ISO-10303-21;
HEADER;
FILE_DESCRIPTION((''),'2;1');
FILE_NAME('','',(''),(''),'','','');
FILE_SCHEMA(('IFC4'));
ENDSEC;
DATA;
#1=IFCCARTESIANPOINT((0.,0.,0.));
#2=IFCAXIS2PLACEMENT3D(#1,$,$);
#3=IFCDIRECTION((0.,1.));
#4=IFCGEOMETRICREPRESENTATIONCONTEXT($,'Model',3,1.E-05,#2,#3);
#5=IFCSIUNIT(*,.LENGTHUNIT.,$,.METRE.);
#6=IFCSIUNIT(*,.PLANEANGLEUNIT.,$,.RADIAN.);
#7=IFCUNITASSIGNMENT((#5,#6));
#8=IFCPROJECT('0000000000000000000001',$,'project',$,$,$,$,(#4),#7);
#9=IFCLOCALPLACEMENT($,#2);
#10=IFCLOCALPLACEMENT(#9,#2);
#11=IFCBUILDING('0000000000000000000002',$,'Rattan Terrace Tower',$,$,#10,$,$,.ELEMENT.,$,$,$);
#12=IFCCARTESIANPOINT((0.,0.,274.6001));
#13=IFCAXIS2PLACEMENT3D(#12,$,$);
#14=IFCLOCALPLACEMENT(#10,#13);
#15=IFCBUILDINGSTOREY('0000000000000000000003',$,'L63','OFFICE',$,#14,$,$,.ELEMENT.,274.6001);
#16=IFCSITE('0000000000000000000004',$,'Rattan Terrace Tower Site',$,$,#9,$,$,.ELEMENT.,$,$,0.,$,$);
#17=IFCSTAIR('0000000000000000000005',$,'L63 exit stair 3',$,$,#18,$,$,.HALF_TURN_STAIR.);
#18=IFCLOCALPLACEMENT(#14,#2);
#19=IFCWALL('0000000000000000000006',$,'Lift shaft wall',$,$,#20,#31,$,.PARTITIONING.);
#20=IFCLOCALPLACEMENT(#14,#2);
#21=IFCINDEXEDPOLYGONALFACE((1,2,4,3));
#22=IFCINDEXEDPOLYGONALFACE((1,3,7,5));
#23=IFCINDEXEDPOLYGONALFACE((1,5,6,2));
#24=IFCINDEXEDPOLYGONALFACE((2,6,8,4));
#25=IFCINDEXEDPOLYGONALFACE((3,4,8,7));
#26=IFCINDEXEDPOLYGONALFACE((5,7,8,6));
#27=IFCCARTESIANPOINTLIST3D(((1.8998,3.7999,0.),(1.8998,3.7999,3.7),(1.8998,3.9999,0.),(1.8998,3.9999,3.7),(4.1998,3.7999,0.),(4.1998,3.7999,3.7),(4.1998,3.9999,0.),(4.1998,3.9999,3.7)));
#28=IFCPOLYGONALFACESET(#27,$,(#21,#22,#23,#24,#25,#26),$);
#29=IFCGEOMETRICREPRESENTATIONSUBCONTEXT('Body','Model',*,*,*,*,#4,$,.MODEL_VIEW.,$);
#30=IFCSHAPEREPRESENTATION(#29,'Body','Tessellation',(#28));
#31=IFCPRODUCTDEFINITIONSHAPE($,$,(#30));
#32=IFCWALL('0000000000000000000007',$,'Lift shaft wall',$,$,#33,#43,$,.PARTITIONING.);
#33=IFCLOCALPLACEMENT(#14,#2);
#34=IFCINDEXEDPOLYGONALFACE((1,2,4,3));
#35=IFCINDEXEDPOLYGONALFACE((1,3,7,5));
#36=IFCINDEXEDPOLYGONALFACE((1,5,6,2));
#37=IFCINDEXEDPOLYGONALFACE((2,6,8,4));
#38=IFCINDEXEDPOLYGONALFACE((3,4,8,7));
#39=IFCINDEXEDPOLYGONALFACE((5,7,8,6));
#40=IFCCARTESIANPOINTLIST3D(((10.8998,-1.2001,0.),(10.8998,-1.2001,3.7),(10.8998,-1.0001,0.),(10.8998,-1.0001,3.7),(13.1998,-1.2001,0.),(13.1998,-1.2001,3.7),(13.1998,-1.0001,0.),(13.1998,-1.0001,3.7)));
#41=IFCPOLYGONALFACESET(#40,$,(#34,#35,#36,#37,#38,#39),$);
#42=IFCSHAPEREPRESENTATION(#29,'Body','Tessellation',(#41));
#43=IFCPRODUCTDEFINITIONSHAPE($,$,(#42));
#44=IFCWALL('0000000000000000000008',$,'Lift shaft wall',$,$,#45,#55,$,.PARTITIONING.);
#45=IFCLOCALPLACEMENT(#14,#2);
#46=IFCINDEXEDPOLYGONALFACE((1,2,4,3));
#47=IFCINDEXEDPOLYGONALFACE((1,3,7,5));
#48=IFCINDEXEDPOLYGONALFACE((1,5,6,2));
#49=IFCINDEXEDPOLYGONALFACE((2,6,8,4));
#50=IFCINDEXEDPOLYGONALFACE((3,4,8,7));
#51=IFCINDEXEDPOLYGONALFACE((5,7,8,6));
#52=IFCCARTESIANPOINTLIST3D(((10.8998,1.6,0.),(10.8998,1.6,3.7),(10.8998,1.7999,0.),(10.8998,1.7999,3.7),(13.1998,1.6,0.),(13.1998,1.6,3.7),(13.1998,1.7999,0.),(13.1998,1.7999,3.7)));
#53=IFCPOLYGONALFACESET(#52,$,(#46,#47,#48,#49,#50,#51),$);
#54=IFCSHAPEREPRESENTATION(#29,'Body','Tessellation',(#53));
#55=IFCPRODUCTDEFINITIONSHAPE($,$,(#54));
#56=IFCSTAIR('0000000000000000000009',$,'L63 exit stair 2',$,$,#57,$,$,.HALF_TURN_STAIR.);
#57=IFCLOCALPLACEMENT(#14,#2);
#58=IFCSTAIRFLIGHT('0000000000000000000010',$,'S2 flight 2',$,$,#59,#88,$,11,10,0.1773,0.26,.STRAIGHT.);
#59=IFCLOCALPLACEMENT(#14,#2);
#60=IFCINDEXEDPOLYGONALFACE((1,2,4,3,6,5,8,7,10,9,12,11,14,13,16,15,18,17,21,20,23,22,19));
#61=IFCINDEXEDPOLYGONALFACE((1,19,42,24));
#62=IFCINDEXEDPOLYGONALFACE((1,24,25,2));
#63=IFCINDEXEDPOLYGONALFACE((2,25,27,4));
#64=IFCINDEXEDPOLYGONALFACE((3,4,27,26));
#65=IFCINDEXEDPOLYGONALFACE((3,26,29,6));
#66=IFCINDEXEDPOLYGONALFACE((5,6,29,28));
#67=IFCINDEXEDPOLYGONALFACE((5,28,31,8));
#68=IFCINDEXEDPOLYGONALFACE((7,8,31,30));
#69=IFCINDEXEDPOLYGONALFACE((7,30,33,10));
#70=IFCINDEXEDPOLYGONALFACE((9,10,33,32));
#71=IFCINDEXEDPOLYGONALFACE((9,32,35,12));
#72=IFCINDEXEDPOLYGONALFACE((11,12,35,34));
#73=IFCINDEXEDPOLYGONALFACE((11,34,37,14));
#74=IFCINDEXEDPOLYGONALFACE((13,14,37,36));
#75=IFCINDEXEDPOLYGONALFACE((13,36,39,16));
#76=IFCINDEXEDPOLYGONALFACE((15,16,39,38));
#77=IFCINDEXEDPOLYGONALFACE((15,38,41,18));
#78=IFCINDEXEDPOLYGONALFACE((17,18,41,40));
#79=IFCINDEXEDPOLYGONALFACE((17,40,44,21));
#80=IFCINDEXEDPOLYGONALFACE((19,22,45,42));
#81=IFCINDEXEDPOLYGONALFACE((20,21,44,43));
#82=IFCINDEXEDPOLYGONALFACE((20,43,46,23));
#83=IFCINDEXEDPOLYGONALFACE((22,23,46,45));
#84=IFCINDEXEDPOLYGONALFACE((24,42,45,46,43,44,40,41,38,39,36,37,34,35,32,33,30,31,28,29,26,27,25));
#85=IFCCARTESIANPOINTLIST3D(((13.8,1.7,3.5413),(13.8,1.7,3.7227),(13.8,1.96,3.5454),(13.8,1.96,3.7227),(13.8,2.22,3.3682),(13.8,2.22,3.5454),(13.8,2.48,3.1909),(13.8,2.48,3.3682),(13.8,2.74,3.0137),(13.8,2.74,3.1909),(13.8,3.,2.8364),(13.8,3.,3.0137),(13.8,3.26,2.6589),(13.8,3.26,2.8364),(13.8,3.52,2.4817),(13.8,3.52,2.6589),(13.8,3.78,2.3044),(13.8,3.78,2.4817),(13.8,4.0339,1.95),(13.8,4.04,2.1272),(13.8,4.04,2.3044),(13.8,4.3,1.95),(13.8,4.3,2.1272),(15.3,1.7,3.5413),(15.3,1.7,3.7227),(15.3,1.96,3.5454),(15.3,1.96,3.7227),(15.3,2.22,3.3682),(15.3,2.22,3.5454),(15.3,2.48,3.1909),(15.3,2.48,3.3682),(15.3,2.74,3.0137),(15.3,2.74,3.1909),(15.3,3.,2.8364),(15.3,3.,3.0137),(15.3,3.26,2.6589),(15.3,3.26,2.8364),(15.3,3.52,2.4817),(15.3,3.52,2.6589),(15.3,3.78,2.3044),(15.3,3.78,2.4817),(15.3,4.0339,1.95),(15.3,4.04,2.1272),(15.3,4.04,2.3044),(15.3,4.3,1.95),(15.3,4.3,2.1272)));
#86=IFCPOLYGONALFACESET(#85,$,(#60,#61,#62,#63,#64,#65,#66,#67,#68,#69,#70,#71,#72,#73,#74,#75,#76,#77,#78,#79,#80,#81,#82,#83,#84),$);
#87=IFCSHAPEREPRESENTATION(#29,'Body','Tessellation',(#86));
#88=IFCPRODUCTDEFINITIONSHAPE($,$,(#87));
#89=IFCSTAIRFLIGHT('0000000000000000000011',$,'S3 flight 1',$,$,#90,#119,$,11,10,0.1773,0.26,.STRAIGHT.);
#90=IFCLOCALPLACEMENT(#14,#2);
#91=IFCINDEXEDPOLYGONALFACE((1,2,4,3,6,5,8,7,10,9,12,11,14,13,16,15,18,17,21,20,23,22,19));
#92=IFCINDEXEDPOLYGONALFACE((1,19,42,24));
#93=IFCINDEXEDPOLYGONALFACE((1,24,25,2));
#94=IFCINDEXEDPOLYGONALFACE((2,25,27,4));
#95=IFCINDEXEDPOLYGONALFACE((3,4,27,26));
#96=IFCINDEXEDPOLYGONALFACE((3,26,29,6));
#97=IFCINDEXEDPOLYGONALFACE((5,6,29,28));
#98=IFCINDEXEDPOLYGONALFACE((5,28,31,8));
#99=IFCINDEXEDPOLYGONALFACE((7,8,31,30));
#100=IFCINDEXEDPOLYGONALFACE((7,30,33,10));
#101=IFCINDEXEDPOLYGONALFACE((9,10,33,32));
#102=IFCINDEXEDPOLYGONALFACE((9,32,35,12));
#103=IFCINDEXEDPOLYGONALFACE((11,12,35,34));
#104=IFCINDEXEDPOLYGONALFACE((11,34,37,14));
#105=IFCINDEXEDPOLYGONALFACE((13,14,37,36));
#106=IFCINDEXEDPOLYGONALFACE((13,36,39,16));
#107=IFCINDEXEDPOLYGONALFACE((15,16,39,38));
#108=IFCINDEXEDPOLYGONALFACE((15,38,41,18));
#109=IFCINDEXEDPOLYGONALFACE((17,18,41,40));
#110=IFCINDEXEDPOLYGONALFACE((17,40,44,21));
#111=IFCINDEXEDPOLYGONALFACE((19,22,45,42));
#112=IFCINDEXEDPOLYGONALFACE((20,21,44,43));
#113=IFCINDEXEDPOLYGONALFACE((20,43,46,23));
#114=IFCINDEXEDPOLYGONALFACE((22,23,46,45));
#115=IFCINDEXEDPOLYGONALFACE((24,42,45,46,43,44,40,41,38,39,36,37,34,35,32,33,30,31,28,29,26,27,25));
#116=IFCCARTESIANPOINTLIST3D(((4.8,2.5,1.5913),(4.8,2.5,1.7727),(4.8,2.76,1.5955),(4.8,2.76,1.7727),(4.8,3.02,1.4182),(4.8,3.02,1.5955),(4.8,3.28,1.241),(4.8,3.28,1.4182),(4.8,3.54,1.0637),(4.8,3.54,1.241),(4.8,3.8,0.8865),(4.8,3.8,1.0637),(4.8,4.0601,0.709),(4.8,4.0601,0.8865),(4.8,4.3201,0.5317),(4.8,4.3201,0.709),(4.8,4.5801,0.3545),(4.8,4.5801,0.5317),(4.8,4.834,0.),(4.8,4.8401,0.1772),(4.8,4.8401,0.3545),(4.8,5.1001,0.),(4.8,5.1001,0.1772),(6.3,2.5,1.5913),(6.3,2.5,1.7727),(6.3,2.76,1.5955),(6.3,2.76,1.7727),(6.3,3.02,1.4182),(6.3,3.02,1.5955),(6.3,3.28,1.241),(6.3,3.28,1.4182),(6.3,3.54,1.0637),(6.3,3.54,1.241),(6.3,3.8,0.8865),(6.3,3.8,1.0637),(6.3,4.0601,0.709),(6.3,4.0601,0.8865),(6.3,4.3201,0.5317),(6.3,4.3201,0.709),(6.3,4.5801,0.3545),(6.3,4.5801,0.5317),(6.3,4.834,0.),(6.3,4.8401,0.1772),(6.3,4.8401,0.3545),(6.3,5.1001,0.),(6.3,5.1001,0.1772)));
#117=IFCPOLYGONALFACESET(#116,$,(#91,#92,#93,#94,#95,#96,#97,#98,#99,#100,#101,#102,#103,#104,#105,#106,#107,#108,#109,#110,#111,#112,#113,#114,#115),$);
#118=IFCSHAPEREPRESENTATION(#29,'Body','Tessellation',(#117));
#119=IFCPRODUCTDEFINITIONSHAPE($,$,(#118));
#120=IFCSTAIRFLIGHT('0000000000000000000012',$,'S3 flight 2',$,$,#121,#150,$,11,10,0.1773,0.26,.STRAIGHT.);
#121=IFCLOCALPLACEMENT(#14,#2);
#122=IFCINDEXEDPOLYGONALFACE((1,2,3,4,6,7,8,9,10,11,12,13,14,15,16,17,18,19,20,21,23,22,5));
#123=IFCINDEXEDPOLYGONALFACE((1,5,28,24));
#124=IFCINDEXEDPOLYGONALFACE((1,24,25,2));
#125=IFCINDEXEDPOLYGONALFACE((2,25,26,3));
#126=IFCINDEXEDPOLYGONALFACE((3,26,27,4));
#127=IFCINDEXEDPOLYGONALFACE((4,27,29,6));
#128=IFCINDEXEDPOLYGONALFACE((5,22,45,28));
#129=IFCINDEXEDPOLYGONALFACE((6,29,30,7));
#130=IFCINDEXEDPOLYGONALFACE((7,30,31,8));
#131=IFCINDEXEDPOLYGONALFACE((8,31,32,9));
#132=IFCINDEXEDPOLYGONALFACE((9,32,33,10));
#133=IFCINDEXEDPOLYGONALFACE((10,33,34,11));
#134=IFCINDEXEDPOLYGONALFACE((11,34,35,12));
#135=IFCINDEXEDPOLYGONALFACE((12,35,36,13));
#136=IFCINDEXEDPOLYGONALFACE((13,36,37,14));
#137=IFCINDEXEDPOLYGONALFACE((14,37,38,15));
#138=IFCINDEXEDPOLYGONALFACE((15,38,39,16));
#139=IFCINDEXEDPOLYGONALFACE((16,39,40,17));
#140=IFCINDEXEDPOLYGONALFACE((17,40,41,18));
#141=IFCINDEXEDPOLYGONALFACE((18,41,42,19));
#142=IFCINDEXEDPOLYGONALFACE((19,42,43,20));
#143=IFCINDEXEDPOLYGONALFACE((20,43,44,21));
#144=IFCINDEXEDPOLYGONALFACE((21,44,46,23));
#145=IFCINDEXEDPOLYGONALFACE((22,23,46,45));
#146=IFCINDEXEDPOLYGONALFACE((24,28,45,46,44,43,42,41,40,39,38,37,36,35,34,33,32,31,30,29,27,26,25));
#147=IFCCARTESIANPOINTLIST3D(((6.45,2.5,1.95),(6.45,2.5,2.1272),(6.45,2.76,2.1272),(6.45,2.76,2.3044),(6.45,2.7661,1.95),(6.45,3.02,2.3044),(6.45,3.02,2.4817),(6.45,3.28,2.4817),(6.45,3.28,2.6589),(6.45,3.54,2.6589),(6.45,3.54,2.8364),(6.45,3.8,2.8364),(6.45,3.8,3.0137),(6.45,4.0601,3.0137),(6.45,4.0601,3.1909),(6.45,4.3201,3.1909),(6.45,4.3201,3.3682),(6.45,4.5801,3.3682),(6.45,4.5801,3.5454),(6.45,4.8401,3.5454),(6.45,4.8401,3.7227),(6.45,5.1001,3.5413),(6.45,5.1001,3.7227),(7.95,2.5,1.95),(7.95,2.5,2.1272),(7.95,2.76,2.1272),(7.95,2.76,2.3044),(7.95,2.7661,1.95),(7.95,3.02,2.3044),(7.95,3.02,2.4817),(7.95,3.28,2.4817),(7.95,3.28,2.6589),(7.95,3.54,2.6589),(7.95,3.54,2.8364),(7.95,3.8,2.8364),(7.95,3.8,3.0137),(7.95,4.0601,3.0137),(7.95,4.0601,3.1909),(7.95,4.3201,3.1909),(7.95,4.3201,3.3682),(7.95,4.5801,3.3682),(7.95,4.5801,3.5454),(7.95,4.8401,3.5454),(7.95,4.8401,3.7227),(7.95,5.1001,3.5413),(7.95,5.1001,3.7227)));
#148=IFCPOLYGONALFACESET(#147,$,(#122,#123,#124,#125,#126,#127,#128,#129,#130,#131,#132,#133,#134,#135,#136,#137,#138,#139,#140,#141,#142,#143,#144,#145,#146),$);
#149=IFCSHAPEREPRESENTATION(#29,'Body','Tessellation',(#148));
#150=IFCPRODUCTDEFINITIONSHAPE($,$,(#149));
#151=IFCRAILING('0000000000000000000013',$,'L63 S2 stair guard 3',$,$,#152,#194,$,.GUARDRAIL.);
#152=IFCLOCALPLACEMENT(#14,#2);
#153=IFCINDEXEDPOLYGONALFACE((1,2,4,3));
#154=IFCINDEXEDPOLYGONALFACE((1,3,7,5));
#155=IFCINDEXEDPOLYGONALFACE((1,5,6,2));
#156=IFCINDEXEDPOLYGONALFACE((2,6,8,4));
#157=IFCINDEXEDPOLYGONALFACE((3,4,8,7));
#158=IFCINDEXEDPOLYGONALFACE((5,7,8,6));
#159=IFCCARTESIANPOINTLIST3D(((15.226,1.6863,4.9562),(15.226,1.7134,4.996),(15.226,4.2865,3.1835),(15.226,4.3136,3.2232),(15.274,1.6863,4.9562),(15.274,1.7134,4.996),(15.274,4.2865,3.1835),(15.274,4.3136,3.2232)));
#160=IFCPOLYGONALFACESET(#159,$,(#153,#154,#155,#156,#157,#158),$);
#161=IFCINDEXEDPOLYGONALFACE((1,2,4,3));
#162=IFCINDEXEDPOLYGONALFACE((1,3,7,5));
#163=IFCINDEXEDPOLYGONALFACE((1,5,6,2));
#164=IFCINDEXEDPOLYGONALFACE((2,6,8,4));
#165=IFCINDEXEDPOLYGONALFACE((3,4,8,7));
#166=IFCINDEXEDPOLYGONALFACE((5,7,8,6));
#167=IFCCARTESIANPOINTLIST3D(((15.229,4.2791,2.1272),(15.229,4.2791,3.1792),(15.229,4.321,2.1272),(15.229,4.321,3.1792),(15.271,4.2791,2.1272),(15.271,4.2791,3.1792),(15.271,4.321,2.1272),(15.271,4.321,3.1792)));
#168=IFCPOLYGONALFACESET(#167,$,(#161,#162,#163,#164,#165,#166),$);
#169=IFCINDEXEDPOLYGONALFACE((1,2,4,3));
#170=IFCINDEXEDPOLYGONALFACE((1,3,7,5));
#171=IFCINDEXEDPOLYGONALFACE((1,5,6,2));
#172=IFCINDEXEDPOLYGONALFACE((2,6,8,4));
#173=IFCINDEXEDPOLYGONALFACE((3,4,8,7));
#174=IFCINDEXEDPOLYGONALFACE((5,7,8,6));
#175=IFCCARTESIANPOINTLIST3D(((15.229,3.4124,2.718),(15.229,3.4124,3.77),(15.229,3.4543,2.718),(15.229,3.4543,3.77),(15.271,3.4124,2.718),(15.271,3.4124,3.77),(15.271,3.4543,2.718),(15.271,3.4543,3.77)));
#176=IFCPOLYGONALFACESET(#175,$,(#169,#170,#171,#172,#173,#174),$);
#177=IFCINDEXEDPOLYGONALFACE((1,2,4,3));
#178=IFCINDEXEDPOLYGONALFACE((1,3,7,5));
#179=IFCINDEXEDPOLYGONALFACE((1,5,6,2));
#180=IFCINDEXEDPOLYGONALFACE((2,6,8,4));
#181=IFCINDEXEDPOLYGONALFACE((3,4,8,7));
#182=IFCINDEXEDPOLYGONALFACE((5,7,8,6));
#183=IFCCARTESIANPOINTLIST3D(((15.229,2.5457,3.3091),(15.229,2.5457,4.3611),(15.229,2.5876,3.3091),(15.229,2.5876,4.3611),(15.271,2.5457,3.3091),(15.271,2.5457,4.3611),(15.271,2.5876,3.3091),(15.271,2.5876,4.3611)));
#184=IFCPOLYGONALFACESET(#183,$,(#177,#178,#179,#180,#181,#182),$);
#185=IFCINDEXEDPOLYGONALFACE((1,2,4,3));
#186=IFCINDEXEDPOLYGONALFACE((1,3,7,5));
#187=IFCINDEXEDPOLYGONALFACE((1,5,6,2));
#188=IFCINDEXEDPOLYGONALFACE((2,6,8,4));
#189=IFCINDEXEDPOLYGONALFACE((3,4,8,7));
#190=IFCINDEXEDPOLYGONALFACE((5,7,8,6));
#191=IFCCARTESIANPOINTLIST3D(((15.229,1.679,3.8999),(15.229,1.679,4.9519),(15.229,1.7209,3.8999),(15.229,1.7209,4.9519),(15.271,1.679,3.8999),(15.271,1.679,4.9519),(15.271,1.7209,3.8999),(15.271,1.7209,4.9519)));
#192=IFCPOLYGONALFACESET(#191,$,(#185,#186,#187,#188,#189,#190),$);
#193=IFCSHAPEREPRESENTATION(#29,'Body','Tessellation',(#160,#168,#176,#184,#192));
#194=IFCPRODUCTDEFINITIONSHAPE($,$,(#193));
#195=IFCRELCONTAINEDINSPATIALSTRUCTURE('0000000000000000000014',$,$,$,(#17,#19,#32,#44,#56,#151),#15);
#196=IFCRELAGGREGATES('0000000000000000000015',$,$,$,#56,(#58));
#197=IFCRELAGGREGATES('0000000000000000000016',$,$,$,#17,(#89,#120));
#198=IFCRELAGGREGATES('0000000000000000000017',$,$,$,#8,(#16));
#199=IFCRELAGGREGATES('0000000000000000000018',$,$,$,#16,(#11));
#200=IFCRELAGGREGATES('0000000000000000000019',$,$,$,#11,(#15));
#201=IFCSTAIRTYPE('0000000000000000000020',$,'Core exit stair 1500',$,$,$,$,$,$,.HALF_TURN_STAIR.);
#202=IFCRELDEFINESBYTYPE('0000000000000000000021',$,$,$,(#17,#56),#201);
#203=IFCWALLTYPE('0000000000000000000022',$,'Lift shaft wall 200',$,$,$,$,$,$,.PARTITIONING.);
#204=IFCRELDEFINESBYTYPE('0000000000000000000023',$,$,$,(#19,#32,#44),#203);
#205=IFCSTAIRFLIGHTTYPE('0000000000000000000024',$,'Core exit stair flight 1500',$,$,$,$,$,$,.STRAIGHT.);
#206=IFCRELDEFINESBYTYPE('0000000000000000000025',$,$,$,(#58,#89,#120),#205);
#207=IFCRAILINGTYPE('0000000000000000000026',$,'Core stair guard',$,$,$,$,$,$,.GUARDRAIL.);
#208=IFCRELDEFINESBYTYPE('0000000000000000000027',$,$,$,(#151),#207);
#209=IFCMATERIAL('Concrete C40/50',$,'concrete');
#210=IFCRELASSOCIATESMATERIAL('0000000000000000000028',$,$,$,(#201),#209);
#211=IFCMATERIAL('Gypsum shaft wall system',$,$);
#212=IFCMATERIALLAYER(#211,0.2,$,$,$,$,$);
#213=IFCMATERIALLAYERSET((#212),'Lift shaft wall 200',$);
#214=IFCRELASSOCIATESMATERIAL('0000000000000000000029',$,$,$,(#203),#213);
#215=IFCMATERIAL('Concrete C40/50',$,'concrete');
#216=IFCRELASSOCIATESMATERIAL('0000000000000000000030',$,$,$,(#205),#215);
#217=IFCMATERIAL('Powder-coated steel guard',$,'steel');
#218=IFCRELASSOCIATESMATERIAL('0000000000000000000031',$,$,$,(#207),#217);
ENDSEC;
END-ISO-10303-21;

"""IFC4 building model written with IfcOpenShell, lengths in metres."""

from ifc_helpers import new_model, si_unit, direction, frame, frame_2d, origin, origin_2d, place, context, subcontext, project, spatial, polyline, rectangle, outline, extrude, material, layer, layer_set, type_object, element, aggregate, save


model = new_model("IFC4")

# Units and contexts
model_context = context("Model", 3, precision=1e-05, world=origin(), true_north=direction((0.0, 1.0)))
body_context = subcontext(model_context, "Body", "Model", "MODEL_VIEW")
ifc_project = project(units=[si_unit("LENGTHUNIT", "METRE"), si_unit("PLANEANGLEUNIT", "RADIAN")], contexts=[model_context])

# Site, building, storey
site_placement = place(None, origin())
site = spatial("IfcSite", under=ifc_project, at=site_placement, Name="Rattan Terrace Tower Site", CompositionType="ELEMENT", RefElevation=0.0)
building_placement = place(site_placement, origin())
building = spatial("IfcBuilding", under=site, at=building_placement, Name="Rattan Terrace Tower", CompositionType="ELEMENT")
storey_placement = place(building_placement, frame((0.0, 0.0, 274.6001)))
storey = spatial("IfcBuildingStorey", under=building, at=storey_placement, Name="L63", Description="OFFICE", CompositionType="ELEMENT", Elevation=274.6001)

# Stair
ifc_material_1 = material(Name="Concrete C40/50", Category="concrete")
stair_type = type_object("IfcStairType", Name="Core exit stair 1500", PredefinedType="HALF_TURN_STAIR", material=ifc_material_1)
stair_1_placement = place(storey_placement, origin())
stair_1 = element("IfcStair", 1, at=stair_1_placement, inside=storey, type_object=stair_type, Name="L63 exit stair 3", PredefinedType="HALF_TURN_STAIR")

# Walls
ifc_material_2 = material(Name="Gypsum shaft wall system")
ifc_layer_1 = layer(ifc_material_2, 0.2)
ifc_layer_set_1 = layer_set([ifc_layer_1], Name="Lift shaft wall 200")
wall_type_1 = type_object("IfcWallType", Name="Lift shaft wall 200", PredefinedType="PARTITIONING", material=ifc_layer_set_1)
for number, where, z_axis, x_axis, name in (
    (2, (1.8999, 3.8999, 0.0), (0.0, 0.0, 1.0), (1.0, 0.0, 0.0), "Lift shaft wall"),
    (3, (10.8999, -1.1001, 0.0), (0.0, 0.0, 1.0), (1.0, 0.0, 0.0), "Lift shaft wall"),
    (4, (10.8999, 1.7, 0.0), (0.0, 0.0, 1.0), (1.0, 0.0, 0.0), "Lift shaft wall"),
):
    element("IfcWall", number, at=place(storey_placement, frame(where, z_axis=z_axis, x_axis=x_axis)), inside=storey, type_object=wall_type_1, Name=name, PredefinedType="PARTITIONING", context=body_context, shape_type="SweptSolid", body=[
        extrude(rectangle(XDim=2.3, YDim=0.2, at=frame_2d((1.1499, 0.0))), origin(), (0.0, 0.0, 1.0), 3.7),
    ])

# Stair, stair flight
stair_2_placement = place(storey_placement, origin())
stair_2 = element("IfcStair", 5, at=stair_2_placement, inside=storey, type_object=stair_type, Name="L63 exit stair 2", PredefinedType="HALF_TURN_STAIR")
ifc_material_3 = material(Name="Concrete C40/50", Category="concrete")
stair_flight_type = type_object("IfcStairFlightType", Name="Core exit stair flight 1500", PredefinedType="STRAIGHT", material=ifc_material_3)
stair_flight_1_placement = place(storey_placement, frame((14.55, 4.3, 1.95), z_axis=(0.0, 0.0, 1.0), x_axis=(0.0, -1.0, 0.0)))
stair_flight_1 = element("IfcStairFlight", 6, at=stair_flight_1_placement, type_object=stair_flight_type, Name="S2 flight 2", NumberOfRisers=11, NumberOfTreads=10, PredefinedType="STRAIGHT", RiserHeight=0.1773, TreadLength=0.26, context=body_context, shape_type="SweptSolid", body=[
    extrude(outline(polyline([(0.0, 0.0), (0.0, 0.1772), (0.26, 0.1772), (0.26, 0.3545), (0.52, 0.3545), (0.52, 0.5317), (0.78, 0.5317), (0.78, 0.709), (1.04, 0.709), (1.04, 0.8865), (1.3, 0.8865), (1.3, 1.0637), (1.5601, 1.0637), (1.5601, 1.241), (1.8201, 1.241), (1.8201, 1.4182), (2.0801, 1.4182), (2.0801, 1.5955), (2.3401, 1.5955), (2.3401, 1.7727), (2.6001, 1.7727), (2.6001, 1.95), (2.6001, 1.5913), (0.2661, 0.0), (0.0, 0.0)])), frame((0.0, 0.75, 0.0), z_axis=(0.0, -1.0, 0.0), x_axis=(1.0, 0.0, 0.0)), (0.0, 0.0, 1.0), 1.5),
])
aggregate(stair_2, [stair_flight_1])

# Stair flights
stair_flight_2_placement = place(storey_placement, frame((5.55, 5.1001, 0.0), z_axis=(0.0, 0.0, 1.0), x_axis=(0.0, -1.0, 0.0)))
stair_flight_2 = element("IfcStairFlight", 7, at=stair_flight_2_placement, type_object=stair_flight_type, Name="S3 flight 1", NumberOfRisers=11, NumberOfTreads=10, PredefinedType="STRAIGHT", RiserHeight=0.1773, TreadLength=0.26, context=body_context, shape_type="SweptSolid", body=[
    extrude(outline(polyline([(0.0, 0.0), (0.0, 0.1772), (0.26, 0.1772), (0.26, 0.3545), (0.52, 0.3545), (0.52, 0.5317), (0.78, 0.5317), (0.78, 0.709), (1.04, 0.709), (1.04, 0.8865), (1.3, 0.8865), (1.3, 1.0637), (1.5601, 1.0637), (1.5601, 1.241), (1.8201, 1.241), (1.8201, 1.4182), (2.0801, 1.4182), (2.0801, 1.5955), (2.3401, 1.5955), (2.3401, 1.7727), (2.6001, 1.7727), (2.6001, 1.95), (2.6001, 1.5913), (0.2661, 0.0), (0.0, 0.0)])), frame((0.0, 0.75, 0.0), z_axis=(0.0, -1.0, 0.0), x_axis=(1.0, 0.0, 0.0)), (0.0, 0.0, 1.0), 1.5),
])
stair_flight_3_placement = place(storey_placement, frame((7.2, 2.5, 1.95), z_axis=(0.0, 0.0, 1.0), x_axis=(0.0, 1.0, 0.0)))
stair_flight_3 = element("IfcStairFlight", 8, at=stair_flight_3_placement, type_object=stair_flight_type, Name="S3 flight 2", NumberOfRisers=11, NumberOfTreads=10, PredefinedType="STRAIGHT", RiserHeight=0.1773, TreadLength=0.26, context=body_context, shape_type="SweptSolid", body=[
    extrude(outline(polyline([(0.0, 0.0), (0.0, 0.1772), (0.26, 0.1772), (0.26, 0.3545), (0.52, 0.3545), (0.52, 0.5317), (0.78, 0.5317), (0.78, 0.709), (1.04, 0.709), (1.04, 0.8865), (1.3, 0.8865), (1.3, 1.0637), (1.5601, 1.0637), (1.5601, 1.241), (1.8201, 1.241), (1.8201, 1.4182), (2.0801, 1.4182), (2.0801, 1.5955), (2.3401, 1.5955), (2.3401, 1.7727), (2.6001, 1.7727), (2.6001, 1.95), (2.6001, 1.5913), (0.2661, 0.0), (0.0, 0.0)])), frame((0.0, 0.75, 0.0), z_axis=(0.0, -1.0, 0.0), x_axis=(1.0, 0.0, 0.0)), (0.0, 0.0, 1.0), 1.5),
])
aggregate(stair_1, [stair_flight_2, stair_flight_3])

# Railing
ifc_material_4 = material(Name="Powder-coated steel guard", Category="steel")
railing_type_1 = type_object("IfcRailingType", Name="Core stair guard", PredefinedType="GUARDRAIL", material=ifc_material_4)
railing_1_placement = place(storey_placement, frame((15.25, 4.3, 2.1272)))
element("IfcRailing", 9, at=railing_1_placement, inside=storey, type_object=railing_type_1, Name="L63 S2 stair guard 3", PredefinedType="GUARDRAIL", context=body_context, shape_type="SweptSolid", body=[
    extrude(rectangle(XDim=0.0481, YDim=0.0481, at=origin_2d()), frame((0.0, 0.0, 1.0762), z_axis=(0.0, -0.82624, 0.563318), x_axis=(1.0, 0.0, 0.0)), (0.0, 0.0, 1.0), 3.147),
    extrude(rectangle(XDim=0.042, YDim=0.042, at=origin_2d()), origin(), (0.0, 0.0, 1.0), 1.052),
    extrude(rectangle(XDim=0.042, YDim=0.042, at=origin_2d()), frame((0.0, -0.8667, 0.5908)), (0.0, 0.0, 1.0), 1.052),
    extrude(rectangle(XDim=0.042, YDim=0.042, at=origin_2d()), frame((0.0, -1.7334, 1.1819)), (0.0, 0.0, 1.0), 1.052),
    extrude(rectangle(XDim=0.042, YDim=0.042, at=origin_2d()), frame((0.0, -2.6001, 1.7727)), (0.0, 0.0, 1.0), 1.052),
])

save(model, "model.ifc")
